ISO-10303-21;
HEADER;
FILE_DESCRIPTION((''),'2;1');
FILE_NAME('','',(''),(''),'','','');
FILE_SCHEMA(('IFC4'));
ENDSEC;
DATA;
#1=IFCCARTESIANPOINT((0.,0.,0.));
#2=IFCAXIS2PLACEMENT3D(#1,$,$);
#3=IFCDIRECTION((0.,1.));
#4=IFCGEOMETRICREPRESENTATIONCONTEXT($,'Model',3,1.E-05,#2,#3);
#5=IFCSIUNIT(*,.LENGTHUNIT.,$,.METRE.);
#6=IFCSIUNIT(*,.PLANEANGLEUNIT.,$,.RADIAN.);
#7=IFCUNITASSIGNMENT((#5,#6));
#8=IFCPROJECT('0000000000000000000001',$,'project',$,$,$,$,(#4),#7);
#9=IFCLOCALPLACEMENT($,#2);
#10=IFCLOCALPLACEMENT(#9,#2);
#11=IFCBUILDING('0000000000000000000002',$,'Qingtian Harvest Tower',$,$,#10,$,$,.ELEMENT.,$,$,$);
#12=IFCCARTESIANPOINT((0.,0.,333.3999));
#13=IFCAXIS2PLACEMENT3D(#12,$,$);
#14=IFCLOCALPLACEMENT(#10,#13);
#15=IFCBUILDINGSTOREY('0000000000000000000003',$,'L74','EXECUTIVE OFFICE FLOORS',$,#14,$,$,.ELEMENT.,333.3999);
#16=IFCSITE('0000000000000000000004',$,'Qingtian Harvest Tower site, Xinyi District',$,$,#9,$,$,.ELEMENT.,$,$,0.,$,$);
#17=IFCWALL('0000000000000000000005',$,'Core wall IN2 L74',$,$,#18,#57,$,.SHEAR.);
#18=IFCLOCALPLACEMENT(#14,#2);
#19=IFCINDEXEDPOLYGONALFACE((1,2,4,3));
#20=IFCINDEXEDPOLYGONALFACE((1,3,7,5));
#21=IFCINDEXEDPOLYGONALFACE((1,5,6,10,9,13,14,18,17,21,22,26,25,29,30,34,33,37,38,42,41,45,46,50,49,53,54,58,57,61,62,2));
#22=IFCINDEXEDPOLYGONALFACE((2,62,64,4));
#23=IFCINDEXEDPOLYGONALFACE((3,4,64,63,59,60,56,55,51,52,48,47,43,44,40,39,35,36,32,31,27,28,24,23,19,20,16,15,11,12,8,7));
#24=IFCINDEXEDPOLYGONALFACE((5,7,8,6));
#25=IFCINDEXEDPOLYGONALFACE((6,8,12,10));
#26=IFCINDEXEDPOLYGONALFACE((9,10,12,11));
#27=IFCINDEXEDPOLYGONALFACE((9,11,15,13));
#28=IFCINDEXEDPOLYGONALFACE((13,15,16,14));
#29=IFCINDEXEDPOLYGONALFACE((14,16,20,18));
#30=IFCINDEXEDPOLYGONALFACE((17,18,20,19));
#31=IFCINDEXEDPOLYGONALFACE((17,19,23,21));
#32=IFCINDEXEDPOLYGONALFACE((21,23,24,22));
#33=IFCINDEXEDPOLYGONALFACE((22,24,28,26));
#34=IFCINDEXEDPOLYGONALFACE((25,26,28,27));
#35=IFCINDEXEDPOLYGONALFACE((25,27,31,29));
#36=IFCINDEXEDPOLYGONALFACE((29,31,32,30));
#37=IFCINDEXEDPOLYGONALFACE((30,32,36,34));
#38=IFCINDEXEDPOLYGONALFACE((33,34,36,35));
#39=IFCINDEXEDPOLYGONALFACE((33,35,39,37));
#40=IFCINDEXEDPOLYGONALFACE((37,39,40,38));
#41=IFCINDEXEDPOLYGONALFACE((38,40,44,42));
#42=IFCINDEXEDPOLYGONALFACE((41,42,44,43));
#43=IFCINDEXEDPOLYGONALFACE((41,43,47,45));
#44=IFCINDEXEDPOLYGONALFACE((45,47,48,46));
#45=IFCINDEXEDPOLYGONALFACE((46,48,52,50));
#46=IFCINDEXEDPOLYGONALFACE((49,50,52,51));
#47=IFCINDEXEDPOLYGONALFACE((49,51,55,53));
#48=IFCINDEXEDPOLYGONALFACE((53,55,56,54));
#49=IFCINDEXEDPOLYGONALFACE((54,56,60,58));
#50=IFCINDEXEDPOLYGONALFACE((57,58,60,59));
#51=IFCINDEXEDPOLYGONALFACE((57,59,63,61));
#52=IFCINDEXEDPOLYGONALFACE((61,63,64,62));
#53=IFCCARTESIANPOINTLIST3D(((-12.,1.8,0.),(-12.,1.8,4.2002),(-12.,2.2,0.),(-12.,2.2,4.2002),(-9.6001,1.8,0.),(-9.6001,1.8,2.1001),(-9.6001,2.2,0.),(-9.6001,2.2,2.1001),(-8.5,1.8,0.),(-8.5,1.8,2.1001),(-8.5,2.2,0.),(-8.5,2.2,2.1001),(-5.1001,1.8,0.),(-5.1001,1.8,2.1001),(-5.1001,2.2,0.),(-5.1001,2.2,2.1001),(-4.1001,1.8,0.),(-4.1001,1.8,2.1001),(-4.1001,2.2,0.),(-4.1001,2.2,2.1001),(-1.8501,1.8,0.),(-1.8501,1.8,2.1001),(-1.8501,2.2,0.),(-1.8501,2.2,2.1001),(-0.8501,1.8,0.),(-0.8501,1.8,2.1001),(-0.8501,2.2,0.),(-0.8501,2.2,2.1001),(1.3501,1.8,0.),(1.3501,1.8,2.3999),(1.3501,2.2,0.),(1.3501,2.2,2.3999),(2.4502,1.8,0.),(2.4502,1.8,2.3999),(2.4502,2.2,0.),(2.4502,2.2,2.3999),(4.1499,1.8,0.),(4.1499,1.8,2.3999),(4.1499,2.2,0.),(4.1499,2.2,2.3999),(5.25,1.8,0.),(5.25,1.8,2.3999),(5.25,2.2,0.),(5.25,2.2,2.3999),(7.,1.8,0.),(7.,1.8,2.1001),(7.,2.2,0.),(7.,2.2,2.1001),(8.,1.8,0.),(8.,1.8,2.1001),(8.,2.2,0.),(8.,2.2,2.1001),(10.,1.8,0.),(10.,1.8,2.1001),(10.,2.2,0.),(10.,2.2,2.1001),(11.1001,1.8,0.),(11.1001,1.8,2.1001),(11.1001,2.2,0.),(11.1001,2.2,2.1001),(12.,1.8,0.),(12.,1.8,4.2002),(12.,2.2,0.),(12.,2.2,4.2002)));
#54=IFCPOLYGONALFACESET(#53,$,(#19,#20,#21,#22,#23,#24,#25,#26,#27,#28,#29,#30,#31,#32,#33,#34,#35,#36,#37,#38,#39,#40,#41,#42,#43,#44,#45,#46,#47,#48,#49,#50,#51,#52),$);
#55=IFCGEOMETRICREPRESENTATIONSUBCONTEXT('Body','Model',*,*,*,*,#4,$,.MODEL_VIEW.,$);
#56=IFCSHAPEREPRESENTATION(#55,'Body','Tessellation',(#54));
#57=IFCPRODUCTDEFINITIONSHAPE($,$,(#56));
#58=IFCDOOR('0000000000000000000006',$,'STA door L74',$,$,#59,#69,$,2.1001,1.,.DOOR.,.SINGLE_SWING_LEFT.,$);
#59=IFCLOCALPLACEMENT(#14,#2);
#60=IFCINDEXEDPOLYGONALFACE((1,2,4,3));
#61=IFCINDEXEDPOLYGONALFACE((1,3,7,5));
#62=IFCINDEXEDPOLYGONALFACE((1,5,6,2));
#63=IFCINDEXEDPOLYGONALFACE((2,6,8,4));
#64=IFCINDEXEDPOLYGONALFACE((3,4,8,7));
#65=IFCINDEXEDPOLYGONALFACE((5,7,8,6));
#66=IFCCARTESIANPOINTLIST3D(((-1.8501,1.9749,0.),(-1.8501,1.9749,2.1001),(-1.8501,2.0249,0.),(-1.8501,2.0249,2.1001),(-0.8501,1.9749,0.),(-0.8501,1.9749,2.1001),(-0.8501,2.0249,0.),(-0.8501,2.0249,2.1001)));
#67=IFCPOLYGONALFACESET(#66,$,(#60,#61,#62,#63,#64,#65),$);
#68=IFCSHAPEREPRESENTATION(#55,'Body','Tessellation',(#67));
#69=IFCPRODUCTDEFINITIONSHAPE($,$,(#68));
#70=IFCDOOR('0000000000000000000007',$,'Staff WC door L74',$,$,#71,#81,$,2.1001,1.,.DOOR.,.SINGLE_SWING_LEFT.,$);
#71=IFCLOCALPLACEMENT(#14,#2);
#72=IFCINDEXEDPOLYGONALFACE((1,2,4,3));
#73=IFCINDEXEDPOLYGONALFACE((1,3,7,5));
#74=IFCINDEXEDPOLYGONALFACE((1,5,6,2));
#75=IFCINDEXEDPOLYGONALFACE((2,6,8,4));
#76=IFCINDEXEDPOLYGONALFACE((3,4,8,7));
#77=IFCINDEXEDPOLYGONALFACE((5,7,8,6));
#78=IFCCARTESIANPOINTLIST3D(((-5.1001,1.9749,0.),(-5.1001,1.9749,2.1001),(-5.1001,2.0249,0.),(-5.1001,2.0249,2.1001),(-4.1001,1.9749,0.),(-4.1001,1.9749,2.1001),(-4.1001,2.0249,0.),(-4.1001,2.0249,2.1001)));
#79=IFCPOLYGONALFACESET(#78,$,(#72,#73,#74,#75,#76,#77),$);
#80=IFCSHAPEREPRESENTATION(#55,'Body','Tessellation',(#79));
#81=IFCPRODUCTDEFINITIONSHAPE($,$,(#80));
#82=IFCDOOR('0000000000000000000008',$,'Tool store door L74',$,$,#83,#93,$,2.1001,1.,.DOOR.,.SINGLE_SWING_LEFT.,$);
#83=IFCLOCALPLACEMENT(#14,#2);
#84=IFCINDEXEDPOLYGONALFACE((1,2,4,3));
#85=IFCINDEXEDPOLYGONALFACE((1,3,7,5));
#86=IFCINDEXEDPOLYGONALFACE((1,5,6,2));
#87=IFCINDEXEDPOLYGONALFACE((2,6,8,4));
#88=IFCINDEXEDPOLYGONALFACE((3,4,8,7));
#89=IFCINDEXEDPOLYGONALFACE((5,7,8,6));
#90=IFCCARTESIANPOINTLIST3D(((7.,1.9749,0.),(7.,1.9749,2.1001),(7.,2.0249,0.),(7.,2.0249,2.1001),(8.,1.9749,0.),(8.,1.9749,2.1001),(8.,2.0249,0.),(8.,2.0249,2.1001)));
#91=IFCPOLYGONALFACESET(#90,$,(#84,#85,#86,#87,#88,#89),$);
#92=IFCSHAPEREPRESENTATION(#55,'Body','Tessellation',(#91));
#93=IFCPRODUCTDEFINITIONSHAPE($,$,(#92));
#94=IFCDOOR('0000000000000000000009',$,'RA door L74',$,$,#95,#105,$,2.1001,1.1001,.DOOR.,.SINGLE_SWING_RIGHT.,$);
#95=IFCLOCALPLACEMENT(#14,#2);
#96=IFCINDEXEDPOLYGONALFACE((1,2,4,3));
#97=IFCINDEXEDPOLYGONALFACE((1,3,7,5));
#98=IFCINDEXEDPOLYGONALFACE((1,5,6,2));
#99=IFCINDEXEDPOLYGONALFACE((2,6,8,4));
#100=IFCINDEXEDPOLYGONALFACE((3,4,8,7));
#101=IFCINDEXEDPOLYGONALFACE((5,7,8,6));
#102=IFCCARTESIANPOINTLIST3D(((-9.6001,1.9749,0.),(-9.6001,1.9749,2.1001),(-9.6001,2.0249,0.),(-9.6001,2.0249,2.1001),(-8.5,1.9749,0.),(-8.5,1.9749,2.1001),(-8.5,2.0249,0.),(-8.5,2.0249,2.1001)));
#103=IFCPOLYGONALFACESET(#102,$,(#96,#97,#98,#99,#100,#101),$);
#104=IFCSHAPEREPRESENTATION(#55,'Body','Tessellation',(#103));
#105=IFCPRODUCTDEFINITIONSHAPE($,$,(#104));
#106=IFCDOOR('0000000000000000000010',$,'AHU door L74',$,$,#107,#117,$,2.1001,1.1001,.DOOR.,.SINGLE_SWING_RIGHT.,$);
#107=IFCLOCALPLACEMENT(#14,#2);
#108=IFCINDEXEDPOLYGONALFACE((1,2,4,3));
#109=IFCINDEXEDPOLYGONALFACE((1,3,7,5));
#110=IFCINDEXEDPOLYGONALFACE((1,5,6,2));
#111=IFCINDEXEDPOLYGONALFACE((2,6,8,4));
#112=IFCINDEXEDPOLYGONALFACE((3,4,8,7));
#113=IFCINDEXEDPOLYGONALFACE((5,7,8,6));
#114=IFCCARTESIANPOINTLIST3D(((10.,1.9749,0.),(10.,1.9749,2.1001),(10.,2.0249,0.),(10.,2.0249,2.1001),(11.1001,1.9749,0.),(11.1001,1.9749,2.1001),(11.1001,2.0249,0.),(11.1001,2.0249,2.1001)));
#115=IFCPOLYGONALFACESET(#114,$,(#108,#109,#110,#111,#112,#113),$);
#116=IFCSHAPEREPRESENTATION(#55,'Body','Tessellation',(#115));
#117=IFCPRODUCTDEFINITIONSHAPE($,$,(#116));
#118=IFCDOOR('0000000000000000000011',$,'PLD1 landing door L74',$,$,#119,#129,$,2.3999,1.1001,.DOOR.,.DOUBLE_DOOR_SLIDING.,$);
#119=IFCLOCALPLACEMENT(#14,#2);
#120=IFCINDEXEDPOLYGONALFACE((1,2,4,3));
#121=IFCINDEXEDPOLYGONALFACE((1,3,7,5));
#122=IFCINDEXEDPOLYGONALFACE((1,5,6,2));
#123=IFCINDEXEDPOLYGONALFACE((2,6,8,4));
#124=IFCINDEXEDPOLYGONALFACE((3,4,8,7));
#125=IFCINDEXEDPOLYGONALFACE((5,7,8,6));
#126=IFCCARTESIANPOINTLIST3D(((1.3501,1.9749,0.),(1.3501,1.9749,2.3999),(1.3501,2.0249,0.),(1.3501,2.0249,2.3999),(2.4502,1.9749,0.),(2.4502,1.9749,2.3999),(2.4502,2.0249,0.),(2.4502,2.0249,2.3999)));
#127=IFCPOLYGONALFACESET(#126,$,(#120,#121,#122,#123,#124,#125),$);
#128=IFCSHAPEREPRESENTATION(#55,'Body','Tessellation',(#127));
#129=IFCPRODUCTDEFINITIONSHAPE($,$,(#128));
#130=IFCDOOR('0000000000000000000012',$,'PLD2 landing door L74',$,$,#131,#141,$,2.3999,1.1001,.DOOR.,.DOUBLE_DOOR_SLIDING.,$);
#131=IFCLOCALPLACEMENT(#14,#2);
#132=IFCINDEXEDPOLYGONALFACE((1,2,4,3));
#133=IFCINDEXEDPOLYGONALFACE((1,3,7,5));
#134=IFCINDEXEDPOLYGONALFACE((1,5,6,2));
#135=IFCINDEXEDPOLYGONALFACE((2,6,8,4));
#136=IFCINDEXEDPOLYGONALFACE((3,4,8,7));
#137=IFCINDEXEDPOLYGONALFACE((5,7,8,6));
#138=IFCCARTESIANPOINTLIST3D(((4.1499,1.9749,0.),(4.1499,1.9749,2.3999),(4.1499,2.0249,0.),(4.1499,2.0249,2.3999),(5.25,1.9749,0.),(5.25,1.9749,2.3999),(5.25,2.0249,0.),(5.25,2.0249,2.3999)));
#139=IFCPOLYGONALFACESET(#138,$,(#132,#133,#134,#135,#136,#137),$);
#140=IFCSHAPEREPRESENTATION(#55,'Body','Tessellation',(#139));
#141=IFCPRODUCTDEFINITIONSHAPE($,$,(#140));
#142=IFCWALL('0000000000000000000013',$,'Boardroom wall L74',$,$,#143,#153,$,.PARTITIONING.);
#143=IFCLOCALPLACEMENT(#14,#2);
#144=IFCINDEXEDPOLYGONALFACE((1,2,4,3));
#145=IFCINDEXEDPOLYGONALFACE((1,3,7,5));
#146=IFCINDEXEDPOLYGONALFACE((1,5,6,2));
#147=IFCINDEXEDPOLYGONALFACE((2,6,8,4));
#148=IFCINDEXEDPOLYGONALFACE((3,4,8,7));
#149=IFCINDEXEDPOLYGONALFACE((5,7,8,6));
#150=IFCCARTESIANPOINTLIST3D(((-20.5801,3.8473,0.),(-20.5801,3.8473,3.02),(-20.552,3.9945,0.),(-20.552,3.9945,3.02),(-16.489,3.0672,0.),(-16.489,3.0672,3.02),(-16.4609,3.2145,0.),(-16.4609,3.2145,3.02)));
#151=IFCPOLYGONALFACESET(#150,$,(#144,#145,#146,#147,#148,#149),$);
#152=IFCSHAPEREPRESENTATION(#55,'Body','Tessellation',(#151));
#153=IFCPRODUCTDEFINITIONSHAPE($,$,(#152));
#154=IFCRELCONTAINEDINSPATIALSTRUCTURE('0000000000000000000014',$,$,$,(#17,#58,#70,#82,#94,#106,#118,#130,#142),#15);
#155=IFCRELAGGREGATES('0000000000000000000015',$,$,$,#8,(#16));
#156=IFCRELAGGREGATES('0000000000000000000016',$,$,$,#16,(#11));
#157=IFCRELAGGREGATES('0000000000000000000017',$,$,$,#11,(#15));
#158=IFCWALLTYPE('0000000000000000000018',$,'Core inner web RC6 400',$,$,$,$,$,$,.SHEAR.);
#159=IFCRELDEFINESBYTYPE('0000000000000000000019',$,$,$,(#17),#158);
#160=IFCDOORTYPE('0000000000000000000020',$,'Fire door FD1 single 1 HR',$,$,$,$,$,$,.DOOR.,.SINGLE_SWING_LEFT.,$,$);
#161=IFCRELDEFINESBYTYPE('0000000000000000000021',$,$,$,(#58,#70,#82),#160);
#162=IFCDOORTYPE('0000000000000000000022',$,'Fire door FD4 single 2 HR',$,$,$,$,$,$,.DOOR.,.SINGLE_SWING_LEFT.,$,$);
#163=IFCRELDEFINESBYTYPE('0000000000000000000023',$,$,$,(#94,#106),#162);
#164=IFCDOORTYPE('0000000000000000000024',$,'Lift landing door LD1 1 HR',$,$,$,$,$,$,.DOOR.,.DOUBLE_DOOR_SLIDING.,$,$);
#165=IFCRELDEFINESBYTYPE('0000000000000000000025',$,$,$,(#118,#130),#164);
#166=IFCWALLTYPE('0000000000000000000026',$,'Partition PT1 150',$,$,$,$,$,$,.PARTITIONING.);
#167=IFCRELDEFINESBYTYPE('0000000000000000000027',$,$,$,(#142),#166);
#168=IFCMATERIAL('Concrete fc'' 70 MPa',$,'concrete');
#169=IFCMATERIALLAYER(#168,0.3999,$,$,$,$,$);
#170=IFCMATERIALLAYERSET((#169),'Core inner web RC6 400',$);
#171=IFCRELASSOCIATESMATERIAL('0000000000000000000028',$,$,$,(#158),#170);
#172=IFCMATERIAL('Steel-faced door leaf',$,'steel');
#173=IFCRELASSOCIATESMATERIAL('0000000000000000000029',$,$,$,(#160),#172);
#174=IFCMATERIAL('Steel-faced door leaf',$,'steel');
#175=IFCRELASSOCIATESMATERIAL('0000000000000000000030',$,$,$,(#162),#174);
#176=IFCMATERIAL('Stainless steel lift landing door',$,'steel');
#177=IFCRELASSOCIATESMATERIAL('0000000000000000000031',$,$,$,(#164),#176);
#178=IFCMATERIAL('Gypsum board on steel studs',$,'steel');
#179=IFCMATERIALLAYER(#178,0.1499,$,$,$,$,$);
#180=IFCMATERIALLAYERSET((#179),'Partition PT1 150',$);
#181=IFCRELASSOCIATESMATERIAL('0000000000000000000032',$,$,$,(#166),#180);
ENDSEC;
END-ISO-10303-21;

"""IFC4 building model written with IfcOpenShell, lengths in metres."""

from ifc_helpers import new_model, si_unit, direction, frame, frame_2d, origin, place, context, subcontext, project, spatial, rectangle, extrude, material, layer, layer_set, type_object, element, fill, save


model = new_model("IFC4")

# Units and contexts
model_context = context("Model", 3, precision=1e-05, world=origin(), true_north=direction((0.0, 1.0)))
body_context = subcontext(model_context, "Body", "Model", "MODEL_VIEW")
ifc_project = project(units=[si_unit("LENGTHUNIT", "METRE"), si_unit("PLANEANGLEUNIT", "RADIAN")], contexts=[model_context])

# Site, building, storey
site_placement = place(None, origin())
site = spatial("IfcSite", under=ifc_project, at=site_placement, Name="Qingtian Harvest Tower site, Xinyi District", CompositionType="ELEMENT", RefElevation=0.0)
building_placement = place(site_placement, origin())
building = spatial("IfcBuilding", under=site, at=building_placement, Name="Qingtian Harvest Tower", CompositionType="ELEMENT")
storey_placement = place(building_placement, frame((0.0, 0.0, 333.3999)))
storey = spatial("IfcBuildingStorey", under=building, at=storey_placement, Name="L74", Description="EXECUTIVE OFFICE FLOORS", CompositionType="ELEMENT", Elevation=333.3999)

# Wall, openings, doors
ifc_material_1 = material(Name="Concrete fc' 70 MPa", Category="concrete")
ifc_layer_1 = layer(ifc_material_1, 0.3999)
ifc_layer_set_1 = layer_set([ifc_layer_1], Name="Core inner web RC6 400")
wall_type_1 = type_object("IfcWallType", Name="Core inner web RC6 400", PredefinedType="SHEAR", material=ifc_layer_set_1)
wall_1_placement = place(storey_placement, frame((-12.0, 2.0, 0.0), z_axis=(0.0, 0.0, 1.0), x_axis=(1.0, 0.0, 0.0)))
wall_1 = element("IfcWall", 1, at=wall_1_placement, inside=storey, type_object=wall_type_1, Name="Core wall IN2 L74", PredefinedType="SHEAR", context=body_context, shape_type="SweptSolid", body=[
    extrude(rectangle(XDim=24.0, YDim=0.3999, at=frame_2d((12.0, 0.0))), origin(), (0.0, 0.0, 1.0), 4.2002),
])
opening_1_placement = place(wall_1_placement, frame((2.3999, 0.0, 0.0)))
opening_1 = element("IfcOpeningElement", 2, at=opening_1_placement, cuts=wall_1, PredefinedType="OPENING", context=body_context, shape_type="SweptSolid", body=[
    extrude(rectangle(XDim=1.1001, YDim=2.1001, at=frame_2d((0.55, 1.05))), frame((0.0, 0.21, 0.0), z_axis=(0.0, -1.0, 0.0), x_axis=(1.0, 0.0, 0.0)), (0.0, 0.0, 1.0), 0.4199),
])
opening_2_placement = place(wall_1_placement, frame((22.0, 0.0, 0.0)))
opening_2 = element("IfcOpeningElement", 3, at=opening_2_placement, cuts=wall_1, PredefinedType="OPENING", context=body_context, shape_type="SweptSolid", body=[
    extrude(rectangle(XDim=1.1001, YDim=2.1001, at=frame_2d((0.55, 1.05))), frame((0.0, 0.21, 0.0), z_axis=(0.0, -1.0, 0.0), x_axis=(1.0, 0.0, 0.0)), (0.0, 0.0, 1.0), 0.4199),
])
opening_3_placement = place(wall_1_placement, frame((10.1499, 0.0, 0.0)))
opening_3 = element("IfcOpeningElement", 4, at=opening_3_placement, cuts=wall_1, PredefinedType="OPENING", context=body_context, shape_type="SweptSolid", body=[
    extrude(rectangle(XDim=1.0, YDim=2.1001, at=frame_2d((0.5, 1.05))), frame((0.0, 0.21, 0.0), z_axis=(0.0, -1.0, 0.0), x_axis=(1.0, 0.0, 0.0)), (0.0, 0.0, 1.0), 0.4199),
])
opening_4_placement = place(wall_1_placement, frame((6.8999, 0.0, 0.0)))
opening_4 = element("IfcOpeningElement", 5, at=opening_4_placement, cuts=wall_1, PredefinedType="OPENING", context=body_context, shape_type="SweptSolid", body=[
    extrude(rectangle(XDim=1.0, YDim=2.1001, at=frame_2d((0.5, 1.05))), frame((0.0, 0.21, 0.0), z_axis=(0.0, -1.0, 0.0), x_axis=(1.0, 0.0, 0.0)), (0.0, 0.0, 1.0), 0.4199),
])
opening_5_placement = place(wall_1_placement, frame((13.3501, 0.0, 0.0)))
opening_5 = element("IfcOpeningElement", 6, at=opening_5_placement, cuts=wall_1, PredefinedType="OPENING", context=body_context, shape_type="SweptSolid", body=[
    extrude(rectangle(XDim=1.1001, YDim=2.3999, at=frame_2d((0.55, 1.2))), frame((0.0, 0.21, 0.0), z_axis=(0.0, -1.0, 0.0), x_axis=(1.0, 0.0, 0.0)), (0.0, 0.0, 1.0), 0.4199),
])
opening_6_placement = place(wall_1_placement, frame((16.1499, 0.0, 0.0)))
opening_6 = element("IfcOpeningElement", 7, at=opening_6_placement, cuts=wall_1, PredefinedType="OPENING", context=body_context, shape_type="SweptSolid", body=[
    extrude(rectangle(XDim=1.1001, YDim=2.3999, at=frame_2d((0.55, 1.2))), frame((0.0, 0.21, 0.0), z_axis=(0.0, -1.0, 0.0), x_axis=(1.0, 0.0, 0.0)), (0.0, 0.0, 1.0), 0.4199),
])
opening_7_placement = place(wall_1_placement, frame((19.0, 0.0, 0.0)))
opening_7 = element("IfcOpeningElement", 8, at=opening_7_placement, cuts=wall_1, PredefinedType="OPENING", context=body_context, shape_type="SweptSolid", body=[
    extrude(rectangle(XDim=1.0, YDim=2.1001, at=frame_2d((0.5, 1.05))), frame((0.0, 0.21, 0.0), z_axis=(0.0, -1.0, 0.0), x_axis=(1.0, 0.0, 0.0)), (0.0, 0.0, 1.0), 0.4199),
])
ifc_material_2 = material(Name="Steel-faced door leaf", Category="steel")
door_type_1 = type_object("IfcDoorType", Name="Fire door FD1 single 1 HR", OperationType="SINGLE_SWING_LEFT", PredefinedType="DOOR", material=ifc_material_2)
door_1_placement = place(opening_3_placement, origin())
door_1 = element("IfcDoor", 9, at=door_1_placement, inside=storey, type_object=door_type_1, Name="STA door L74", OperationType="SINGLE_SWING_LEFT", OverallHeight=2.1001, OverallWidth=1.0, PredefinedType="DOOR", context=body_context, shape_type="SweptSolid", body=[
    extrude(rectangle(XDim=1.0, YDim=2.1001, at=frame_2d((0.5, 1.05))), frame((0.0, 0.0249, 0.0), z_axis=(0.0, -1.0, 0.0), x_axis=(1.0, 0.0, 0.0)), (0.0, 0.0, 1.0), 0.05),
])
fill(opening_3, door_1)
door_2_placement = place(opening_4_placement, origin())
door_2 = element("IfcDoor", 10, at=door_2_placement, inside=storey, type_object=door_type_1, Name="Staff WC door L74", OperationType="SINGLE_SWING_LEFT", OverallHeight=2.1001, OverallWidth=1.0, PredefinedType="DOOR", context=body_context, shape_type="SweptSolid", body=[
    extrude(rectangle(XDim=1.0, YDim=2.1001, at=frame_2d((0.5, 1.05))), frame((0.0, 0.0249, 0.0), z_axis=(0.0, -1.0, 0.0), x_axis=(1.0, 0.0, 0.0)), (0.0, 0.0, 1.0), 0.05),
])
fill(opening_4, door_2)
door_3_placement = place(opening_7_placement, origin())
door_3 = element("IfcDoor", 11, at=door_3_placement, inside=storey, type_object=door_type_1, Name="Tool store door L74", OperationType="SINGLE_SWING_LEFT", OverallHeight=2.1001, OverallWidth=1.0, PredefinedType="DOOR", context=body_context, shape_type="SweptSolid", body=[
    extrude(rectangle(XDim=1.0, YDim=2.1001, at=frame_2d((0.5, 1.05))), frame((0.0, 0.0249, 0.0), z_axis=(0.0, -1.0, 0.0), x_axis=(1.0, 0.0, 0.0)), (0.0, 0.0, 1.0), 0.05),
])
fill(opening_7, door_3)
ifc_material_3 = material(Name="Steel-faced door leaf", Category="steel")
door_type_2 = type_object("IfcDoorType", Name="Fire door FD4 single 2 HR", OperationType="SINGLE_SWING_LEFT", PredefinedType="DOOR", material=ifc_material_3)
door_4_placement = place(opening_1_placement, origin())
door_4 = element("IfcDoor", 12, at=door_4_placement, inside=storey, type_object=door_type_2, Name="RA door L74", OperationType="SINGLE_SWING_RIGHT", OverallHeight=2.1001, OverallWidth=1.1001, PredefinedType="DOOR", context=body_context, shape_type="SweptSolid", body=[
    extrude(rectangle(XDim=1.1001, YDim=2.1001, at=frame_2d((0.55, 1.05))), frame((0.0, 0.0249, 0.0), z_axis=(0.0, -1.0, 0.0), x_axis=(1.0, 0.0, 0.0)), (0.0, 0.0, 1.0), 0.05),
])
fill(opening_1, door_4)
door_5_placement = place(opening_2_placement, origin())
door_5 = element("IfcDoor", 13, at=door_5_placement, inside=storey, type_object=door_type_2, Name="AHU door L74", OperationType="SINGLE_SWING_RIGHT", OverallHeight=2.1001, OverallWidth=1.1001, PredefinedType="DOOR", context=body_context, shape_type="SweptSolid", body=[
    extrude(rectangle(XDim=1.1001, YDim=2.1001, at=frame_2d((0.55, 1.05))), frame((0.0, 0.0249, 0.0), z_axis=(0.0, -1.0, 0.0), x_axis=(1.0, 0.0, 0.0)), (0.0, 0.0, 1.0), 0.05),
])
fill(opening_2, door_5)
ifc_material_4 = material(Name="Stainless steel lift landing door", Category="steel")
door_type_3 = type_object("IfcDoorType", Name="Lift landing door LD1 1 HR", OperationType="DOUBLE_DOOR_SLIDING", PredefinedType="DOOR", material=ifc_material_4)
door_6_placement = place(opening_5_placement, origin())
door_6 = element("IfcDoor", 14, at=door_6_placement, inside=storey, type_object=door_type_3, Name="PLD1 landing door L74", OperationType="DOUBLE_DOOR_SLIDING", OverallHeight=2.3999, OverallWidth=1.1001, PredefinedType="DOOR", context=body_context, shape_type="SweptSolid", body=[
    extrude(rectangle(XDim=1.1001, YDim=2.3999, at=frame_2d((0.55, 1.2))), frame((0.0, 0.0249, 0.0), z_axis=(0.0, -1.0, 0.0), x_axis=(1.0, 0.0, 0.0)), (0.0, 0.0, 1.0), 0.05),
])
fill(opening_5, door_6)
door_7_placement = place(opening_6_placement, origin())
door_7 = element("IfcDoor", 15, at=door_7_placement, inside=storey, type_object=door_type_3, Name="PLD2 landing door L74", OperationType="DOUBLE_DOOR_SLIDING", OverallHeight=2.3999, OverallWidth=1.1001, PredefinedType="DOOR", context=body_context, shape_type="SweptSolid", body=[
    extrude(rectangle(XDim=1.1001, YDim=2.3999, at=frame_2d((0.55, 1.2))), frame((0.0, 0.0249, 0.0), z_axis=(0.0, -1.0, 0.0), x_axis=(1.0, 0.0, 0.0)), (0.0, 0.0, 1.0), 0.05),
])
fill(opening_6, door_7)

# Wall
ifc_material_5 = material(Name="Gypsum board on steel studs", Category="steel")
ifc_layer_2 = layer(ifc_material_5, 0.1499)
ifc_layer_set_2 = layer_set([ifc_layer_2], Name="Partition PT1 150")
wall_type_2 = type_object("IfcWallType", Name="Partition PT1 150", PredefinedType="PARTITIONING", material=ifc_layer_set_2)
wall_2_placement = place(storey_placement, frame((-20.5662, 3.9209, 0.0), z_axis=(0.0, 0.0, 1.0), x_axis=(0.982304, -0.187293, 0.0)))
element("IfcWall", 16, at=wall_2_placement, inside=storey, type_object=wall_type_2, Name="Boardroom wall L74", PredefinedType="PARTITIONING", context=body_context, shape_type="SweptSolid", body=[
    extrude(rectangle(XDim=4.1648, YDim=0.1499, at=frame_2d((2.0825, 0.0))), origin(), (0.0, 0.0, 1.0), 3.02),
])

save(model, "model.ifc")
